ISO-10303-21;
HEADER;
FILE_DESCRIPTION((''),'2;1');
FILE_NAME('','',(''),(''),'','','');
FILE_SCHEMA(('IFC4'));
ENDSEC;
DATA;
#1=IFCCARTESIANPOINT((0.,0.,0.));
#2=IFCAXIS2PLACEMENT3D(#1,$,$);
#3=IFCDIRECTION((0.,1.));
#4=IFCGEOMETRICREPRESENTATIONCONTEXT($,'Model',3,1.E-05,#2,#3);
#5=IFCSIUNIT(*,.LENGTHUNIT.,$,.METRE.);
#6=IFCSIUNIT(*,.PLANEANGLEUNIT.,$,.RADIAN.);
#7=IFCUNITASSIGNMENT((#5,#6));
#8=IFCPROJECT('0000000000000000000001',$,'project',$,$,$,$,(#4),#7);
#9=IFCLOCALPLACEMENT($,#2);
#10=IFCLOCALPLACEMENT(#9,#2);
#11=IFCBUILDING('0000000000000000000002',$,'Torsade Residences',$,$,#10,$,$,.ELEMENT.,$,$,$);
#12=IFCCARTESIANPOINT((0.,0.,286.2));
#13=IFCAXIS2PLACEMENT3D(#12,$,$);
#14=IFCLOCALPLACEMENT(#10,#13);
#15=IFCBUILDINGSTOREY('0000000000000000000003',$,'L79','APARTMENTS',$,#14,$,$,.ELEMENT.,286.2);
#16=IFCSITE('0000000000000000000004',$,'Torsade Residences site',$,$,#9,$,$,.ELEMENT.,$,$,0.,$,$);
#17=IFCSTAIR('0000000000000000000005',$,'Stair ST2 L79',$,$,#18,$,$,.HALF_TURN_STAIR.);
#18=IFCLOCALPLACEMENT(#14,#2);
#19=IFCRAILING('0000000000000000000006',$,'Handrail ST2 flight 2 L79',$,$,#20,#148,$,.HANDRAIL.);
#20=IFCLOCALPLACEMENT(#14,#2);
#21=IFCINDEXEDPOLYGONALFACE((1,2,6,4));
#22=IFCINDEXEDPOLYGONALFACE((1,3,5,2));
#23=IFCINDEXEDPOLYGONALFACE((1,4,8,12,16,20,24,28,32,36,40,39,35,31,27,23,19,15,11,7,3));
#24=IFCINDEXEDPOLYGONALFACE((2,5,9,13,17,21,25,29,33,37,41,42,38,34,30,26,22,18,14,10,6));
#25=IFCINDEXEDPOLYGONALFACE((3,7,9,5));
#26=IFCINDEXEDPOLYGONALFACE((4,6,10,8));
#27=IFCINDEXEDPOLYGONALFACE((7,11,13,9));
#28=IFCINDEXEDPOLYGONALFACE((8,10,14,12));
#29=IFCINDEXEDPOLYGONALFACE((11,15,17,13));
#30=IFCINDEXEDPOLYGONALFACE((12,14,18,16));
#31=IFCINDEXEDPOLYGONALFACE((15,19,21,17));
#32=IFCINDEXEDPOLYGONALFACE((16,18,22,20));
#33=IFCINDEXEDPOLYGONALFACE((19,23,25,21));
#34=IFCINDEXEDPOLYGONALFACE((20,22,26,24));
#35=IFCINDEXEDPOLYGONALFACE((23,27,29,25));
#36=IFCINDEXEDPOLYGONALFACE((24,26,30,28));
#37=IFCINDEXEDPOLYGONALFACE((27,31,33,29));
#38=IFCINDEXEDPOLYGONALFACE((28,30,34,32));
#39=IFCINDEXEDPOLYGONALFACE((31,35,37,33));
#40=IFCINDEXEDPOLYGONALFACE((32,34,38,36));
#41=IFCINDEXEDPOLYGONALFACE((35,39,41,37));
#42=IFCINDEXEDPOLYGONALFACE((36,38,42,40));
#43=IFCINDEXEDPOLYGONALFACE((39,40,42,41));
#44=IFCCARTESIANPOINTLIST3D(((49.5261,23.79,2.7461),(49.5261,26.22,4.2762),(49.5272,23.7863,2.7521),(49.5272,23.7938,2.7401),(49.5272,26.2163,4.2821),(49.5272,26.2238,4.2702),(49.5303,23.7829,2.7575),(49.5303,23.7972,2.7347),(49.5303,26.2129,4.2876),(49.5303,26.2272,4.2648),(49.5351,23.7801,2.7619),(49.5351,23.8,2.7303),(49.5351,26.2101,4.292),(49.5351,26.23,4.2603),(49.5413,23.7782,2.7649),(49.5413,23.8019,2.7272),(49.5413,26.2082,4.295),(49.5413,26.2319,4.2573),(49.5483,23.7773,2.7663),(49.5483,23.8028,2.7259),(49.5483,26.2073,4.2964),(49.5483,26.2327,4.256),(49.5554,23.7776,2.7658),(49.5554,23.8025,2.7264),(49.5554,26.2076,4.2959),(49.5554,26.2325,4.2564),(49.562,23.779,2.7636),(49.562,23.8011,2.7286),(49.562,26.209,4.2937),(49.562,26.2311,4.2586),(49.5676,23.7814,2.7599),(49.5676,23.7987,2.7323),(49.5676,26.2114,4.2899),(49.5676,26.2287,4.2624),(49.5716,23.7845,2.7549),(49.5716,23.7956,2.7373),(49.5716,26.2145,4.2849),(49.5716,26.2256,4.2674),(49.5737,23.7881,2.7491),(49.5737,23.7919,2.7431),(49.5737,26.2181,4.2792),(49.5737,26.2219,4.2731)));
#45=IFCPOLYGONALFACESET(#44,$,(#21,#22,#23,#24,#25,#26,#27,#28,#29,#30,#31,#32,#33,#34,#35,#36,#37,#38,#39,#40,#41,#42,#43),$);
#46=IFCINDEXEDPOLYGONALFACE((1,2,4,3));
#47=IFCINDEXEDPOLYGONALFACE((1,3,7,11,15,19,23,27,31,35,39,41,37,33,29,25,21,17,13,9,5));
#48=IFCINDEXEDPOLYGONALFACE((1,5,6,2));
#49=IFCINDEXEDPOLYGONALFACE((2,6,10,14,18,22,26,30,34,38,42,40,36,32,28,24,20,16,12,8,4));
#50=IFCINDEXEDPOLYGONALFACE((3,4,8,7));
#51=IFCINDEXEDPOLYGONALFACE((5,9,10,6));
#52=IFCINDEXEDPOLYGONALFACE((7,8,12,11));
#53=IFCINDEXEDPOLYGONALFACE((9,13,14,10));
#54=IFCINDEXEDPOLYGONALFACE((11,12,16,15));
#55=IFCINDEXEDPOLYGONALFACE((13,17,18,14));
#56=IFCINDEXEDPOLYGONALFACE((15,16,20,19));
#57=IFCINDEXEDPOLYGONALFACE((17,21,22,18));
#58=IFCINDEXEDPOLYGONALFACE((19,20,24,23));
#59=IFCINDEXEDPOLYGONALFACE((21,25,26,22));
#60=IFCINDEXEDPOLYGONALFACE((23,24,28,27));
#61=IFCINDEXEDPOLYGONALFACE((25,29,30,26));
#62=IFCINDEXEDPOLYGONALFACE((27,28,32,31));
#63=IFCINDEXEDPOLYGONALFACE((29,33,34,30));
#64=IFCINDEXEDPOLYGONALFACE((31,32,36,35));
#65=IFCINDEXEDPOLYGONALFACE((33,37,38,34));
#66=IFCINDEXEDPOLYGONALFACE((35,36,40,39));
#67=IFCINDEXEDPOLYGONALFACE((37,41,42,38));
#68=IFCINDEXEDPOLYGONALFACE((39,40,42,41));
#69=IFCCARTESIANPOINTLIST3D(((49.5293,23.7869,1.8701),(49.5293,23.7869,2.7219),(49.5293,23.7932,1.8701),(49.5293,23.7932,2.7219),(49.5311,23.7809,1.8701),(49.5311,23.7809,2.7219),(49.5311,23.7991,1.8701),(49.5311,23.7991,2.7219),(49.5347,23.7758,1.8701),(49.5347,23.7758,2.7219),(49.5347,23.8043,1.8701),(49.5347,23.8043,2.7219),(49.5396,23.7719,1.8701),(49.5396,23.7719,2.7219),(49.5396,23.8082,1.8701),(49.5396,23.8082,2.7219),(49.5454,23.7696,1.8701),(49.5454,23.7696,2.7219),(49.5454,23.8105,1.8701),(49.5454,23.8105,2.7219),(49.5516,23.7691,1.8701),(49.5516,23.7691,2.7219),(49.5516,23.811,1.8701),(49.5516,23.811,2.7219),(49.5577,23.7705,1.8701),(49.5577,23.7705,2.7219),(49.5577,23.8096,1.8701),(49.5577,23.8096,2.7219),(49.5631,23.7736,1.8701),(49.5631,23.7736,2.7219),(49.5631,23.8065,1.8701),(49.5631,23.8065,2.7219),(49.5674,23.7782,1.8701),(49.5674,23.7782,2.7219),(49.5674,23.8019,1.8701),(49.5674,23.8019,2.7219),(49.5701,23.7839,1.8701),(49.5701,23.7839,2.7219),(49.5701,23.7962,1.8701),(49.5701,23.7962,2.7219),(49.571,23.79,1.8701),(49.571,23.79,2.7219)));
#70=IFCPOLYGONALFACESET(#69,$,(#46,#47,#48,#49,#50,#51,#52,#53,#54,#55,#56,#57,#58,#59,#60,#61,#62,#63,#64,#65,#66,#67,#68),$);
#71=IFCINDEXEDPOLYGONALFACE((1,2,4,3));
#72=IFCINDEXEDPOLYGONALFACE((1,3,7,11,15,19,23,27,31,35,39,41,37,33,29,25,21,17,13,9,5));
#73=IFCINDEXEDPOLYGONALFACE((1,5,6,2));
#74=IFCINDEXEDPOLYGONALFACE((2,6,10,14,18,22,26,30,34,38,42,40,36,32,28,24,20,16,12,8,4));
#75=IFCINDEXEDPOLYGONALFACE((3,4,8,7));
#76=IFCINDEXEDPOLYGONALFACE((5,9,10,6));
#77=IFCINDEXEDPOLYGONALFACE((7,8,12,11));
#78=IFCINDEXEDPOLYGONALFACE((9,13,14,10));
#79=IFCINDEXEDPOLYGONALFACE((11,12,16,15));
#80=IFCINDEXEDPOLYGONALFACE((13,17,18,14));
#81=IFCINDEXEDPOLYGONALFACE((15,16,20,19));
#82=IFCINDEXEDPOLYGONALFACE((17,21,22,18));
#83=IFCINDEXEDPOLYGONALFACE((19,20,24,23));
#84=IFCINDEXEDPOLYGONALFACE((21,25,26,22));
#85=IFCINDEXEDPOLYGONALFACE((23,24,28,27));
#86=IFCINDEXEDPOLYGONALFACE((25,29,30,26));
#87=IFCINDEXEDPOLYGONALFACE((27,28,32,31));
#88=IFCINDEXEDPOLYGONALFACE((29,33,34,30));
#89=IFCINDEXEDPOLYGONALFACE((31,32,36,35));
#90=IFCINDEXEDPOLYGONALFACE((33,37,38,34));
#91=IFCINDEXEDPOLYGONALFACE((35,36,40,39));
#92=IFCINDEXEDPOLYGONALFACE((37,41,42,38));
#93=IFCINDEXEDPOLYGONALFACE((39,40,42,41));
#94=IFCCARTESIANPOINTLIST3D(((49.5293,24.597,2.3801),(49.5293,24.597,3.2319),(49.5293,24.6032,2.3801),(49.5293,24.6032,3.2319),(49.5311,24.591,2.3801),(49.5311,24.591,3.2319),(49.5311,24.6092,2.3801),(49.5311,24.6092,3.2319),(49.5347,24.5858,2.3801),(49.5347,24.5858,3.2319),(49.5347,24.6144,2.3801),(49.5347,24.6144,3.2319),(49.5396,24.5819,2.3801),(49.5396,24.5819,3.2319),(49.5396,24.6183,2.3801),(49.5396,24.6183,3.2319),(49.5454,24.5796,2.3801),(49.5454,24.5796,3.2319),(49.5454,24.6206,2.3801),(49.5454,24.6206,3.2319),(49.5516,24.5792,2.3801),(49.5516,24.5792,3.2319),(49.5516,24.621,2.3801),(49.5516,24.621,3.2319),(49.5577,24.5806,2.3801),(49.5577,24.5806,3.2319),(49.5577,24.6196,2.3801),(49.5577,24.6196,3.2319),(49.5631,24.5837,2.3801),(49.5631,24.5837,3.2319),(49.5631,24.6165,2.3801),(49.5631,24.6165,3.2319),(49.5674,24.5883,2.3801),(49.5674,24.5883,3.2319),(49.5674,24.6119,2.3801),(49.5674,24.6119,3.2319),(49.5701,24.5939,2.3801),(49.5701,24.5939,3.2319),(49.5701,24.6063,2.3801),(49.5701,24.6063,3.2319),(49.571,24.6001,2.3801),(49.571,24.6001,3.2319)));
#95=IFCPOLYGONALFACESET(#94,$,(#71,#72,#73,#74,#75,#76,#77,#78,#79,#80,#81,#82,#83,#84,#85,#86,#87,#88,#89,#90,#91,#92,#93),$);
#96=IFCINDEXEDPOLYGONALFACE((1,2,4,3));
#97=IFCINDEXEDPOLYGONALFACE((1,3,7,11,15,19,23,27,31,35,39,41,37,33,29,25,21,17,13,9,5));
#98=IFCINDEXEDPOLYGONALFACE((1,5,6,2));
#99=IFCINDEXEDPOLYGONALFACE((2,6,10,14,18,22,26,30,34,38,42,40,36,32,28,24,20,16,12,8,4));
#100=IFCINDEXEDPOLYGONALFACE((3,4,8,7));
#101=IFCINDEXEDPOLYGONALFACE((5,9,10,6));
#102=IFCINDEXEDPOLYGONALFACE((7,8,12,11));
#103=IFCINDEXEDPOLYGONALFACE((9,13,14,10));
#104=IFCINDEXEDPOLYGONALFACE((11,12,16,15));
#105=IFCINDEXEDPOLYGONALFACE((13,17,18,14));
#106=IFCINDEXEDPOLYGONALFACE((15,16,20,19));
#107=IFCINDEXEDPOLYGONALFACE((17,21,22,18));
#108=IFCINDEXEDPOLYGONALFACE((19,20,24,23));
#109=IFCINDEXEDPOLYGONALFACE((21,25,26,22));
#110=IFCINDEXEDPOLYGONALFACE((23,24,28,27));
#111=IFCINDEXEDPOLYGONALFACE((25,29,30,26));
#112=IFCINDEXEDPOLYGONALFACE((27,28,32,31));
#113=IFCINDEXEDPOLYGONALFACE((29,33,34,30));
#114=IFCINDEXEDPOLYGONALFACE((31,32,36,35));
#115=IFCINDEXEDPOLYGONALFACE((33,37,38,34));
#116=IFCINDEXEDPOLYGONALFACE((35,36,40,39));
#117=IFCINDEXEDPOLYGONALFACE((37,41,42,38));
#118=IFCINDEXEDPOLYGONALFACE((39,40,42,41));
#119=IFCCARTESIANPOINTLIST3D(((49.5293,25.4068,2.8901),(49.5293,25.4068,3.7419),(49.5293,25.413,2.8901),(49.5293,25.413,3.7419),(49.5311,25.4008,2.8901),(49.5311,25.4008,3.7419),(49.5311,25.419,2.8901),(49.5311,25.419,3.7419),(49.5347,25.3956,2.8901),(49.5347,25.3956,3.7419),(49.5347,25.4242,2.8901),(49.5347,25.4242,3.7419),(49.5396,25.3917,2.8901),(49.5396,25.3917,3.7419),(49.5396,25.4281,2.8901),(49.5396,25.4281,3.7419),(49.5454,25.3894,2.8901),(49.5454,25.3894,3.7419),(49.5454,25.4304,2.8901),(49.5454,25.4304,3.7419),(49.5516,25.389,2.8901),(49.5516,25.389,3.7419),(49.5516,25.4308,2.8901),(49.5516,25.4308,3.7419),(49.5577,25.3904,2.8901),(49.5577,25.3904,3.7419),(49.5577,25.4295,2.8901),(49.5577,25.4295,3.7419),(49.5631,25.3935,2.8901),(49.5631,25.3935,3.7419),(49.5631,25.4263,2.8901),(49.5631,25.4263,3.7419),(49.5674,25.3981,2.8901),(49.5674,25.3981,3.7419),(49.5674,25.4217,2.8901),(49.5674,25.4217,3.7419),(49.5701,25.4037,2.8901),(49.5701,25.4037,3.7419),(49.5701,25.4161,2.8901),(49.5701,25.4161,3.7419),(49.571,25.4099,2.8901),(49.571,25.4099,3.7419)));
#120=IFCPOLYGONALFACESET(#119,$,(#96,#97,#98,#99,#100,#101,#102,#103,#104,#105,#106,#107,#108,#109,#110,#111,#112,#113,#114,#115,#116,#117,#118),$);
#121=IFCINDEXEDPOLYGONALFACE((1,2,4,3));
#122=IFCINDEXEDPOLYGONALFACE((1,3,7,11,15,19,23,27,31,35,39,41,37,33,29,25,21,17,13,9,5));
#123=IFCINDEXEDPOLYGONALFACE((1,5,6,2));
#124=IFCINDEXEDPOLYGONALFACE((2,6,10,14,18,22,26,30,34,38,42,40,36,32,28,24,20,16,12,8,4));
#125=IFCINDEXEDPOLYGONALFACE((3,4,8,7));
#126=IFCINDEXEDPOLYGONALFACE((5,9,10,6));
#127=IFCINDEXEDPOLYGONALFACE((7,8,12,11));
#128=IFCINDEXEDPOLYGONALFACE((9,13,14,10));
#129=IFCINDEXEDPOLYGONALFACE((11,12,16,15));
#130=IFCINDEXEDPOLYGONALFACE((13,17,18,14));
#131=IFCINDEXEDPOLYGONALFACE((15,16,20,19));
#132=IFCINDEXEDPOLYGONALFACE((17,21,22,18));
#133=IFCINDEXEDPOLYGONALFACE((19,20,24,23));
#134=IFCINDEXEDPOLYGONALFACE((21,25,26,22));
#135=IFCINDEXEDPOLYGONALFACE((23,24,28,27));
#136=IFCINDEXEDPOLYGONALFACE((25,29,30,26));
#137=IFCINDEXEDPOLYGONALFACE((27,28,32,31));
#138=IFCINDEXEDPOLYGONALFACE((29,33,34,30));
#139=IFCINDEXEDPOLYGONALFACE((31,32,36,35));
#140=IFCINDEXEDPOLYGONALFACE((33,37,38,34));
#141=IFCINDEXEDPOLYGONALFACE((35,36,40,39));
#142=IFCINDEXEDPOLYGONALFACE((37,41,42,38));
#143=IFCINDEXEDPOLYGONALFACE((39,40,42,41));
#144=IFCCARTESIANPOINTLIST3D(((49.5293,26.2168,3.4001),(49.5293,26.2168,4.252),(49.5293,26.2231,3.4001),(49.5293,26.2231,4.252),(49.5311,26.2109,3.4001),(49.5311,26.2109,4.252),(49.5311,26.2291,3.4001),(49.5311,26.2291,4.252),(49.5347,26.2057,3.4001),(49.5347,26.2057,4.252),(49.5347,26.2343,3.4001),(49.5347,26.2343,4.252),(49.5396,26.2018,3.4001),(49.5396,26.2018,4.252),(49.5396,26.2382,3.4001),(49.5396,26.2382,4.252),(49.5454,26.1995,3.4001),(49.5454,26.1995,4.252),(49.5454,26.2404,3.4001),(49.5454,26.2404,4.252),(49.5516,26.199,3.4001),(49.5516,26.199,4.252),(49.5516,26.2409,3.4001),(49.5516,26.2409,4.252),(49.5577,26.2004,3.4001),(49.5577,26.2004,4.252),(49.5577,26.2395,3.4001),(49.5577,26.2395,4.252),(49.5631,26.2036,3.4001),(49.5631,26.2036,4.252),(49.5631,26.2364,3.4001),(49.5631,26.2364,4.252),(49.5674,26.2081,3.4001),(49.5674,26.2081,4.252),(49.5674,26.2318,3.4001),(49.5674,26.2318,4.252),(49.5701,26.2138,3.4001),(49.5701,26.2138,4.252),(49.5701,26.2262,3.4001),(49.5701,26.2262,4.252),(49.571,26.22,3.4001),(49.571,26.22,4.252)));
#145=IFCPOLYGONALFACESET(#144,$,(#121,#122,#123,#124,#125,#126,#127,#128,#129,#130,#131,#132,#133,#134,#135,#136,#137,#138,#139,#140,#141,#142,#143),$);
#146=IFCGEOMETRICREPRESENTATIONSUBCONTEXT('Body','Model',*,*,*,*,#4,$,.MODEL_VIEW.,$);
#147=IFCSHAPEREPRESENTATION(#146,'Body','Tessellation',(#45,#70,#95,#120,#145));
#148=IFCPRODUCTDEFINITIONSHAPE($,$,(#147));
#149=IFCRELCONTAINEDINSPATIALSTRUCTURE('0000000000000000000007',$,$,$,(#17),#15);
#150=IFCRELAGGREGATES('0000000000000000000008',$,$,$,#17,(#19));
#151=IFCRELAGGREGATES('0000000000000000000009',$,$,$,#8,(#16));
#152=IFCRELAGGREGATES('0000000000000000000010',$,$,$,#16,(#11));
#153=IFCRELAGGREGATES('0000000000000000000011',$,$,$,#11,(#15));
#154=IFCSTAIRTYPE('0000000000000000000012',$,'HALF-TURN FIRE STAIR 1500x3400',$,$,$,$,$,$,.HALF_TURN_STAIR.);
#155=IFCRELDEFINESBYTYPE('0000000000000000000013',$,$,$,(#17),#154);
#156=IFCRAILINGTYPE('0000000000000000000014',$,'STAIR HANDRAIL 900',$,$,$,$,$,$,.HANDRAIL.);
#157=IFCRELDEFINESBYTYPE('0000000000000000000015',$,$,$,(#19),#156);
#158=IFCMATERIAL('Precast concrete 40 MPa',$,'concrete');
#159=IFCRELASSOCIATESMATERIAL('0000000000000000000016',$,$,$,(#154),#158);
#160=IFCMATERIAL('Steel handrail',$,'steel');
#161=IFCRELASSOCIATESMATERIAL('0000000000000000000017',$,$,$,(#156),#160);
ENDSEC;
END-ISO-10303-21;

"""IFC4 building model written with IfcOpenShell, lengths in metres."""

from ifc_helpers import new_model, si_unit, direction, frame, origin, origin_2d, place, context, subcontext, project, spatial, circle, extrude, material, type_object, element, aggregate, save


model = new_model("IFC4")

# Units and contexts
model_context = context("Model", 3, precision=1e-05, world=origin(), true_north=direction((0.0, 1.0)))
body_context = subcontext(model_context, "Body", "Model", "MODEL_VIEW")
ifc_project = project(units=[si_unit("LENGTHUNIT", "METRE"), si_unit("PLANEANGLEUNIT", "RADIAN")], contexts=[model_context])

# Site, building, storey
site_placement = place(None, origin())
site = spatial("IfcSite", under=ifc_project, at=site_placement, Name="Torsade Residences site", CompositionType="ELEMENT", RefElevation=0.0)
building_placement = place(site_placement, origin())
building = spatial("IfcBuilding", under=site, at=building_placement, Name="Torsade Residences", CompositionType="ELEMENT")
storey_placement = place(building_placement, frame((0.0, 0.0, 286.2)))
storey = spatial("IfcBuildingStorey", under=building, at=storey_placement, Name="L79", Description="APARTMENTS", CompositionType="ELEMENT", Elevation=286.2)

# Stair, railing
ifc_material_1 = material(Name="Precast concrete 40 MPa", Category="concrete")
stair_type = type_object("IfcStairType", Name="HALF-TURN FIRE STAIR 1500x3400", PredefinedType="HALF_TURN_STAIR", material=ifc_material_1)
stair_placement = place(storey_placement, origin())
stair = element("IfcStair", 1, at=stair_placement, inside=storey, type_object=stair_type, Name="Stair ST2 L79", PredefinedType="HALF_TURN_STAIR")
ifc_material_2 = material(Name="Steel handrail", Category="steel")
railing_type = type_object("IfcRailingType", Name="STAIR HANDRAIL 900", PredefinedType="HANDRAIL", material=ifc_material_2)
railing_1_placement = place(storey_placement, frame((49.55, 23.79, 1.8701)))
railing_1 = element("IfcRailing", 2, at=railing_1_placement, type_object=railing_type, Name="Handrail ST2 flight 2 L79", PredefinedType="HANDRAIL", context=body_context, shape_type="SweptSolid", body=[
    extrude(circle(Radius=0.0239, at=origin_2d()), frame((0.0, 0.0, 0.876), z_axis=(0.0, 0.846221, 0.532831), x_axis=(-1.0, 0.0, 0.0)), (0.0, 0.0, 1.0), 2.8716),
    extrude(circle(Radius=0.021, at=origin_2d()), origin(), (0.0, 0.0, 1.0), 0.8518),
    extrude(circle(Radius=0.021, at=origin_2d()), frame((0.0, 0.8101, 0.51)), (0.0, 0.0, 1.0), 0.8518),
    extrude(circle(Radius=0.021, at=origin_2d()), frame((0.0, 1.6199, 1.02)), (0.0, 0.0, 1.0), 0.8518),
    extrude(circle(Radius=0.021, at=origin_2d()), frame((0.0, 2.4299, 1.53)), (0.0, 0.0, 1.0), 0.8518),
])
aggregate(stair, [railing_1])

save(model, "model.ifc")
